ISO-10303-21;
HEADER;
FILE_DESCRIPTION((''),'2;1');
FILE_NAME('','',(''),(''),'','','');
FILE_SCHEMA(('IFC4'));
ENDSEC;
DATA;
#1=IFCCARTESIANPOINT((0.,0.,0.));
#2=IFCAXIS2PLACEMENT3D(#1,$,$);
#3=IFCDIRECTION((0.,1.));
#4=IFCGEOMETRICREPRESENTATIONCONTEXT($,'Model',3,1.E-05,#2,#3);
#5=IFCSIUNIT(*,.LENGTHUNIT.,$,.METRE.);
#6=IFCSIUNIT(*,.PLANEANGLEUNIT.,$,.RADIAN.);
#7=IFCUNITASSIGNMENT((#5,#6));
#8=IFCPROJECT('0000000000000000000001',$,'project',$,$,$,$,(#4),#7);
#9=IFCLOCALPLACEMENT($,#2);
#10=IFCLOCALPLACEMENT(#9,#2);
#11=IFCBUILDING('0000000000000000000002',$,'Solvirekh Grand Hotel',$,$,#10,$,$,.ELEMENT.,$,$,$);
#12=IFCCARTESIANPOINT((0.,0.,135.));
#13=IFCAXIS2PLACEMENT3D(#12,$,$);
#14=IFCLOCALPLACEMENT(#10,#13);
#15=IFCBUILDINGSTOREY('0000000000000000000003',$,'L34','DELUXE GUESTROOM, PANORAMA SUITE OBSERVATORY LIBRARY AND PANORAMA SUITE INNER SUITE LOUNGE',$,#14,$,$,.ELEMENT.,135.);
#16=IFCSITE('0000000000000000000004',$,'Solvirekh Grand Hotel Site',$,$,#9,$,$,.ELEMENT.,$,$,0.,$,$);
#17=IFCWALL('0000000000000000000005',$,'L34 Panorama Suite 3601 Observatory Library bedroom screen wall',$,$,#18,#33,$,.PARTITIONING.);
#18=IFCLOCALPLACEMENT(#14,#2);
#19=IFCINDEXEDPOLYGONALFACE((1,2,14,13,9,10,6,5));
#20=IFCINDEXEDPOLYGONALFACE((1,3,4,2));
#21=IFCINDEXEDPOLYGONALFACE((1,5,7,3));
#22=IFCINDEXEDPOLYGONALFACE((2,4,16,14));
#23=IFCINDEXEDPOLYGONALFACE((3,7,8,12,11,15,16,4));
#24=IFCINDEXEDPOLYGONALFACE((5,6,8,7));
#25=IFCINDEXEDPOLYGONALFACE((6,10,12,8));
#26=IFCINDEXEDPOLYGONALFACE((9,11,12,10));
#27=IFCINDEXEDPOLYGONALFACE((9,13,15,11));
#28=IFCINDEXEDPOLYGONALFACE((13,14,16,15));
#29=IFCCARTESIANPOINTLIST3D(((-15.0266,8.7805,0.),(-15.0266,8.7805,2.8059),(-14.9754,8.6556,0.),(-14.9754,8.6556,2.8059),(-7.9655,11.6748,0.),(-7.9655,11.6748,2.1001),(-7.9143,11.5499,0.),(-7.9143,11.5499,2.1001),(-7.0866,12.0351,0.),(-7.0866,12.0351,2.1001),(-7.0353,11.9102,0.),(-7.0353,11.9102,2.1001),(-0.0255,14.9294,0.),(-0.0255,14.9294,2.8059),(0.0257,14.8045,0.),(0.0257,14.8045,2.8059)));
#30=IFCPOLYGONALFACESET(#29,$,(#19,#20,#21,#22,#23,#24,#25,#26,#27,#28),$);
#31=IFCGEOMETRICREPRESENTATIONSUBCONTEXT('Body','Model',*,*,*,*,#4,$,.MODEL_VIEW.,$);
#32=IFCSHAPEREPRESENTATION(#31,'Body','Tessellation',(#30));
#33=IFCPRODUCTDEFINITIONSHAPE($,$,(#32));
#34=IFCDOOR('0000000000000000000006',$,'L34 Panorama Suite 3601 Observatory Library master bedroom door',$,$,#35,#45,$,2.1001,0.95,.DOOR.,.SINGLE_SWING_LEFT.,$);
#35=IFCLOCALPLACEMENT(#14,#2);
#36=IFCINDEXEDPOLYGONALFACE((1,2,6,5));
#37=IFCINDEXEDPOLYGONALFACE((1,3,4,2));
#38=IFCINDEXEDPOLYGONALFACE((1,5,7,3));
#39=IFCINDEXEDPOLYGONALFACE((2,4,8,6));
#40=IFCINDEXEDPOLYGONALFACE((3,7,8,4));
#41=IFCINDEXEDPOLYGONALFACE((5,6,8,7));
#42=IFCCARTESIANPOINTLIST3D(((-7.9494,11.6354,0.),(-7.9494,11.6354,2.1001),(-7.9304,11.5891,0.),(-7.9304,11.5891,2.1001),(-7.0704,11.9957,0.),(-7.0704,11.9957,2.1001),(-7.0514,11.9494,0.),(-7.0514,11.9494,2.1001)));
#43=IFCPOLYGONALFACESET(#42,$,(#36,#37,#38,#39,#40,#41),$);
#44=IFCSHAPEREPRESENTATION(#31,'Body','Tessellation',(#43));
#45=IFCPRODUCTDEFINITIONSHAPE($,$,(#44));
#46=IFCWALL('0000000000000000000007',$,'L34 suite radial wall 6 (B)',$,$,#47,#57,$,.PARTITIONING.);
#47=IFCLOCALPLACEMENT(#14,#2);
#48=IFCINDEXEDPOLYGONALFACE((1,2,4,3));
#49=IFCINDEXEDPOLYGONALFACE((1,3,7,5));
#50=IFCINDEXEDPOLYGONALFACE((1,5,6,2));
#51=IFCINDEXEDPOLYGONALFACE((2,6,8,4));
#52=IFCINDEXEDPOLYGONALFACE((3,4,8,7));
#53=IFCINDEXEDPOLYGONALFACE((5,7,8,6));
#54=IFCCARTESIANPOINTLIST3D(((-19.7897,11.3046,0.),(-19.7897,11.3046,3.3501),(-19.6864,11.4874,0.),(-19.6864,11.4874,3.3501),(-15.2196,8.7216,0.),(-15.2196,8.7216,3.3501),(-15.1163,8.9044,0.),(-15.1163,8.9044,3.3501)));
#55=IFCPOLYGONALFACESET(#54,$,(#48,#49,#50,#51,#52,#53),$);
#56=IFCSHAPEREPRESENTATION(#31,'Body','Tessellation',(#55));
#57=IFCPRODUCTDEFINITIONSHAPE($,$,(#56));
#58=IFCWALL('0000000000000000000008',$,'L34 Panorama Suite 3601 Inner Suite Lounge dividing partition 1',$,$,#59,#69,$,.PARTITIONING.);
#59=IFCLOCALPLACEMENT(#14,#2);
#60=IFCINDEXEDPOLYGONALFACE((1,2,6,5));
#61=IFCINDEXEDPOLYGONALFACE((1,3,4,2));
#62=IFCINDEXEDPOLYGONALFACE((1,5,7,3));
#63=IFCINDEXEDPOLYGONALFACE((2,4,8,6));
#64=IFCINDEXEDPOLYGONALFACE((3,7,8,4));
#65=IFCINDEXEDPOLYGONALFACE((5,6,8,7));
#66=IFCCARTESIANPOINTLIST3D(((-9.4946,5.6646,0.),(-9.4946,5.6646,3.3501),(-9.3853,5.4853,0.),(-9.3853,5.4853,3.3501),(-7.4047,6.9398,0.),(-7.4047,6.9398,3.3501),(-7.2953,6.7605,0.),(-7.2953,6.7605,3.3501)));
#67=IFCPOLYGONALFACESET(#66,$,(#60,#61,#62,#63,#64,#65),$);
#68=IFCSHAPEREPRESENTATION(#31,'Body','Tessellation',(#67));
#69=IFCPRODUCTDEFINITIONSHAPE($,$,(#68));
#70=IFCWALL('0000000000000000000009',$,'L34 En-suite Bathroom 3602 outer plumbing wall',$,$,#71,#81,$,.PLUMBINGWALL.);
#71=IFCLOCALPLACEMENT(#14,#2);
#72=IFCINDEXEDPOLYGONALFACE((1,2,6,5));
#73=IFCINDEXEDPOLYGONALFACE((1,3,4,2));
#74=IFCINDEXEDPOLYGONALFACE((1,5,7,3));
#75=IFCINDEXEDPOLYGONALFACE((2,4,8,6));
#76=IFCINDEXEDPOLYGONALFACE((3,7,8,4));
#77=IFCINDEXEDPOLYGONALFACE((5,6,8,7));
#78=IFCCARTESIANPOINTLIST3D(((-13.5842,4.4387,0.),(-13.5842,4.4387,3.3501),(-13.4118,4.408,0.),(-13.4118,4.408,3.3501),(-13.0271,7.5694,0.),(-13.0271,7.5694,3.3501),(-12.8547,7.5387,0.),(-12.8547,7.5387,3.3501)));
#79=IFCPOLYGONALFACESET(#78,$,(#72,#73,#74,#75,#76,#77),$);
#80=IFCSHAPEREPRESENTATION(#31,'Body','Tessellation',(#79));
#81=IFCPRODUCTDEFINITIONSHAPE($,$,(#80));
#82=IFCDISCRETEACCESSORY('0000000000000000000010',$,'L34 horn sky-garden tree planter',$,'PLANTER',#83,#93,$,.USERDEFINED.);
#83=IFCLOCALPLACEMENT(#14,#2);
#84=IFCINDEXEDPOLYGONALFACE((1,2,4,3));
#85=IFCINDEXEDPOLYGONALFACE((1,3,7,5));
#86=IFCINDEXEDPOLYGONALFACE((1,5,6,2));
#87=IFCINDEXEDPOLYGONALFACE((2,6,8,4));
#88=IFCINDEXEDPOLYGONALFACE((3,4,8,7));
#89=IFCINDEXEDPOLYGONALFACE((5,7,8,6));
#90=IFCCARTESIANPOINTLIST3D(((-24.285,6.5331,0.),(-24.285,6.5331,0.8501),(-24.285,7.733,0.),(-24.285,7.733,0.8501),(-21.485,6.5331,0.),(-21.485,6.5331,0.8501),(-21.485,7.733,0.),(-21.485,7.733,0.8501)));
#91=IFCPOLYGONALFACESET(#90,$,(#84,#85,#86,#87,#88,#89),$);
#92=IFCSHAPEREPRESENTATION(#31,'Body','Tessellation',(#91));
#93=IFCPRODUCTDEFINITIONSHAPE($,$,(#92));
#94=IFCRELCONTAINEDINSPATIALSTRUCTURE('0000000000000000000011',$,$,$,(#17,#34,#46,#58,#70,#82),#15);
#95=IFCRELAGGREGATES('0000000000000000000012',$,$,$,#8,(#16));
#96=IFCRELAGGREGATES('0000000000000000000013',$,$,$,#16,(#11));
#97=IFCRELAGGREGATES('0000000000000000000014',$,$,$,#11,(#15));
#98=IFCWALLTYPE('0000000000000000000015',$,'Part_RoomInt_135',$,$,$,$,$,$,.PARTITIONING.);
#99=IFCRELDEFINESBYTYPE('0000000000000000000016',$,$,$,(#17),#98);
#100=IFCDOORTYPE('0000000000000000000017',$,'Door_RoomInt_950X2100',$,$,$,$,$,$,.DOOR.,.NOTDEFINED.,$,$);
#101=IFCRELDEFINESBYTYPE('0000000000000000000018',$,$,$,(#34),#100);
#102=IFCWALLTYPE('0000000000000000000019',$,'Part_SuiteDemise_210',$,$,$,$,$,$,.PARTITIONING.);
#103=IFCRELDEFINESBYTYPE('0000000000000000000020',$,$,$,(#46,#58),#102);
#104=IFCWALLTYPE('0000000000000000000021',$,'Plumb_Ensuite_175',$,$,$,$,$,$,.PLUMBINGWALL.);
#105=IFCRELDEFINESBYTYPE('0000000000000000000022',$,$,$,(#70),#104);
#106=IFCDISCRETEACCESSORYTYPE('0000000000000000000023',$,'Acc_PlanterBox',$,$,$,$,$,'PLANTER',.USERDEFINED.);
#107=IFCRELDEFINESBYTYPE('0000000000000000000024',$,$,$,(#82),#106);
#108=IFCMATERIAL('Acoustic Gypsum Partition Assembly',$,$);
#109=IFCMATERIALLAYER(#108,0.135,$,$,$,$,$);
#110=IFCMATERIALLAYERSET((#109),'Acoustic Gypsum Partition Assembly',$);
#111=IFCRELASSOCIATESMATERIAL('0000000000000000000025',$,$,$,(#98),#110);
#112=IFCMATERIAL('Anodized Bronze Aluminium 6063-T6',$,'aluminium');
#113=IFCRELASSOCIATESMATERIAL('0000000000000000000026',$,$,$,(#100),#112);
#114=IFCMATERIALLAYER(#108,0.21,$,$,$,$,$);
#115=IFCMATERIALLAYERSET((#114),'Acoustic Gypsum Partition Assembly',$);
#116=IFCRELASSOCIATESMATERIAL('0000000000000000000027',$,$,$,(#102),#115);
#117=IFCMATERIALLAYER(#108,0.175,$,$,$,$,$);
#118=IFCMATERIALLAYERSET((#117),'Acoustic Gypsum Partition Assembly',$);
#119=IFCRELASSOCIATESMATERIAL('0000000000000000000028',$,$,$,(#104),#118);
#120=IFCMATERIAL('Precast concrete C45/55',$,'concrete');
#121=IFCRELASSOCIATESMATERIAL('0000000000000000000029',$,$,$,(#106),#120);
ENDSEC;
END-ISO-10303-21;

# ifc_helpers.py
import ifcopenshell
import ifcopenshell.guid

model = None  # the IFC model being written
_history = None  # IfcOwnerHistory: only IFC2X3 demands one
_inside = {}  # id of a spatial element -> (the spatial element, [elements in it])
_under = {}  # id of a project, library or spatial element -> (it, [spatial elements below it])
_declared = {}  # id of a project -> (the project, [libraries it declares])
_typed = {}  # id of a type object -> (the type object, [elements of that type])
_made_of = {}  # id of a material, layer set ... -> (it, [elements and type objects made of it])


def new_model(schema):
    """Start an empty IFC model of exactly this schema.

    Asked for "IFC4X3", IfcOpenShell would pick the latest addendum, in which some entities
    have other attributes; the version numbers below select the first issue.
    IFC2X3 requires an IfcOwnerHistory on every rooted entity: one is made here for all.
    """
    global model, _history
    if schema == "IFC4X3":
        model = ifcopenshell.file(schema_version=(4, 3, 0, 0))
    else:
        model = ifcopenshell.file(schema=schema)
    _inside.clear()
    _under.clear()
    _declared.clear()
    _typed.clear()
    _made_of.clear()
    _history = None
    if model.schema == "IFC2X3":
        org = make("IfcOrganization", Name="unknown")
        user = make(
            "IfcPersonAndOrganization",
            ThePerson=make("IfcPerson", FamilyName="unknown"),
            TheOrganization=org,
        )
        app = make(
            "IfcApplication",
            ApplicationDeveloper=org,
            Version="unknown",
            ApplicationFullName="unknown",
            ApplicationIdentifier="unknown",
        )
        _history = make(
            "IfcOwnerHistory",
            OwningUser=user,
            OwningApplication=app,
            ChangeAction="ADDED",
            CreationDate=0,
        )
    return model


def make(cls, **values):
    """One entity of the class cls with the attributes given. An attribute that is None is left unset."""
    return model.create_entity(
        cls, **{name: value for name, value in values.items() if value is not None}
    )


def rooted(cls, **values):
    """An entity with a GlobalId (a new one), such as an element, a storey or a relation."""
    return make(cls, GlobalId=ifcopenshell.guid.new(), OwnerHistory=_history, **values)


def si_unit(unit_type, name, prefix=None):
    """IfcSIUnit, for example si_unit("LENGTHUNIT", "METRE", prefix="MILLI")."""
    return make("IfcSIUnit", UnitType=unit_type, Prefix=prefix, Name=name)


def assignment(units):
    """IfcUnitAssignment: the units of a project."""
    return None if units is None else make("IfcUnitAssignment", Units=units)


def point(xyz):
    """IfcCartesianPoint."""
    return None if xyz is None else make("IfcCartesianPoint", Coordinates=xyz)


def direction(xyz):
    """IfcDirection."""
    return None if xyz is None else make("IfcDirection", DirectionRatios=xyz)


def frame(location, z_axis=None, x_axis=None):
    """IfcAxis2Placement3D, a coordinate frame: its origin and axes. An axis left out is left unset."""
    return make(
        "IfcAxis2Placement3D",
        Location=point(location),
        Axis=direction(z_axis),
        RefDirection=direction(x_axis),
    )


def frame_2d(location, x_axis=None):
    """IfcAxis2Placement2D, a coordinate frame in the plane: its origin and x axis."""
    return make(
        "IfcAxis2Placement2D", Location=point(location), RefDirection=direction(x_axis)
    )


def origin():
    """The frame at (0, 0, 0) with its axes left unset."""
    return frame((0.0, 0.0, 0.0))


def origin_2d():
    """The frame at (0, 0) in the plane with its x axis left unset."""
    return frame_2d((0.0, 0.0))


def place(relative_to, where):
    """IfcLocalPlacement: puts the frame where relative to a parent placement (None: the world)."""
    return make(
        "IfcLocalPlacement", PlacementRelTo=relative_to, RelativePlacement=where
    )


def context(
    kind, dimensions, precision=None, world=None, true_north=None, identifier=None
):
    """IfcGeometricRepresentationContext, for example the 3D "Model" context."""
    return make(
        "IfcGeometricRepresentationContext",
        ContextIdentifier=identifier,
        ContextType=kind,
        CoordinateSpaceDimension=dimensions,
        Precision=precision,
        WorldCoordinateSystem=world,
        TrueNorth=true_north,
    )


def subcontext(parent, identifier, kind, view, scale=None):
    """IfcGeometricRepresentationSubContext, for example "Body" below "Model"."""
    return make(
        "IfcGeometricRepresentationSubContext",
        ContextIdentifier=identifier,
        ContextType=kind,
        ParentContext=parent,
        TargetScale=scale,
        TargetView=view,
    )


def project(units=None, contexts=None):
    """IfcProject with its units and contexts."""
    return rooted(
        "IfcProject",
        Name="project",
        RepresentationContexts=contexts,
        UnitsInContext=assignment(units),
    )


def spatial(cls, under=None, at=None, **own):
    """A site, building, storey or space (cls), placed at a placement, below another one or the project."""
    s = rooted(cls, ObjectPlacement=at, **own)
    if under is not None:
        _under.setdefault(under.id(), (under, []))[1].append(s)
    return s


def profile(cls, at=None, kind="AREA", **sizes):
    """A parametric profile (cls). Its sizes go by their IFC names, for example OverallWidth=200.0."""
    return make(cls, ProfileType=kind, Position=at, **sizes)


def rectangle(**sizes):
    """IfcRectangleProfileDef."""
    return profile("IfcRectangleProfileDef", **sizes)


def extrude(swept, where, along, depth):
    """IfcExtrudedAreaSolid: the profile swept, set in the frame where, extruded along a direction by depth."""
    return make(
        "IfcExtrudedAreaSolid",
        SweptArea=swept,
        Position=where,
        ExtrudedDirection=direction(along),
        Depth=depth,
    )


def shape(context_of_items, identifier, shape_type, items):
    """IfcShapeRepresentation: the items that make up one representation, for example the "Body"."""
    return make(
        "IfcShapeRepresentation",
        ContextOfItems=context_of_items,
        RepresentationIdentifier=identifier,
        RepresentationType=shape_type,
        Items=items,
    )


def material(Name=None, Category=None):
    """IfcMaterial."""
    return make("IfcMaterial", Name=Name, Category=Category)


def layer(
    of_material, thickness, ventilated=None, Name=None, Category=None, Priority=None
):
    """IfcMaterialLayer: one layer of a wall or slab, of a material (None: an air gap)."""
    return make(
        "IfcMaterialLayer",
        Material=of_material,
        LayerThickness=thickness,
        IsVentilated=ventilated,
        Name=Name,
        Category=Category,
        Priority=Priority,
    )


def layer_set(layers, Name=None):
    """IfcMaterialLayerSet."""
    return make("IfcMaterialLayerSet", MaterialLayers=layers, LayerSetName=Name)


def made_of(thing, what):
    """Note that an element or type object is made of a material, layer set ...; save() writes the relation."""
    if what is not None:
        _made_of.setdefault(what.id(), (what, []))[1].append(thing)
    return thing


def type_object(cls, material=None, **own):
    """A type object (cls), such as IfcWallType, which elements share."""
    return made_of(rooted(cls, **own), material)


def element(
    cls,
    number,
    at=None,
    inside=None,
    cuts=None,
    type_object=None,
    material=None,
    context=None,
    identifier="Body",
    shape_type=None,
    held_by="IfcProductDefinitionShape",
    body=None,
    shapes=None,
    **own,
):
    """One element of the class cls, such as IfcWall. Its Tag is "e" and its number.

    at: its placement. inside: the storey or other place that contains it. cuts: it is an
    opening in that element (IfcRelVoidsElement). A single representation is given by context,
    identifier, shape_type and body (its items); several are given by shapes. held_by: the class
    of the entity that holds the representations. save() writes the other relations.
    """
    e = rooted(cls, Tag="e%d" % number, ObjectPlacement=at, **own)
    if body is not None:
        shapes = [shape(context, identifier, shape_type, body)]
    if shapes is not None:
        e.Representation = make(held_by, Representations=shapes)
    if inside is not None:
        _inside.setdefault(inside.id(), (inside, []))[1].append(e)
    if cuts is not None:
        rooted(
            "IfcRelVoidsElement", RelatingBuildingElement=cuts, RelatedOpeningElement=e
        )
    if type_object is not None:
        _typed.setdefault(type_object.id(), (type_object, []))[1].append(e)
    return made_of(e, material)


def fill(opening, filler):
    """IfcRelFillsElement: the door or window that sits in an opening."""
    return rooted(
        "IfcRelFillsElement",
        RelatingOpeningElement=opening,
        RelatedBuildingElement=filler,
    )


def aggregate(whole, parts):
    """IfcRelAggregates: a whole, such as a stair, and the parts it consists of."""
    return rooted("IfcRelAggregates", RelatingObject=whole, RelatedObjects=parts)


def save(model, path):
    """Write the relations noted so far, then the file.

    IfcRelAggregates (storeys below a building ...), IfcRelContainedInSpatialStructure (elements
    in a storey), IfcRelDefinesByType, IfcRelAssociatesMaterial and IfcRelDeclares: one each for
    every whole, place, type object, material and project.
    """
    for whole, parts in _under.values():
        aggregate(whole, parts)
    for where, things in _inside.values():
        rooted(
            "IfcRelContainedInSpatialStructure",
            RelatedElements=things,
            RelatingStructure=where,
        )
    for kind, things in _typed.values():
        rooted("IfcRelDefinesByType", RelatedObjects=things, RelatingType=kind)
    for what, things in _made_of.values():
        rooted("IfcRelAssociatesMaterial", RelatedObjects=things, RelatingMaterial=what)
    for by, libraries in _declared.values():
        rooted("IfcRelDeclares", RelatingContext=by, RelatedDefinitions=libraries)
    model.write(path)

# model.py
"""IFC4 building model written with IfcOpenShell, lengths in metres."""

from ifc_helpers import new_model, si_unit, direction, frame, frame_2d, origin, origin_2d, place, context, subcontext, project, spatial, rectangle, extrude, material, layer, layer_set, type_object, element, fill, save


model = new_model("IFC4")

# Units and contexts
model_context = context("Model", 3, precision=1e-05, world=origin(), true_north=direction((0.0, 1.0)))
body_context = subcontext(model_context, "Body", "Model", "MODEL_VIEW")
ifc_project = project(units=[si_unit("LENGTHUNIT", "METRE"), si_unit("PLANEANGLEUNIT", "RADIAN")], contexts=[model_context])

# Site, building, storey
site_placement = place(None, origin())
site = spatial("IfcSite", under=ifc_project, at=site_placement, Name="Solvirekh Grand Hotel Site", CompositionType="ELEMENT", RefElevation=0.0)
building_placement = place(site_placement, origin())
building = spatial("IfcBuilding", under=site, at=building_placement, Name="Solvirekh Grand Hotel", CompositionType="ELEMENT")
storey_placement = place(building_placement, frame((0.0, 0.0, 135.0)))
storey = spatial("IfcBuildingStorey", under=building, at=storey_placement, Name="L34", Description="DELUXE GUESTROOM, PANORAMA SUITE OBSERVATORY LIBRARY AND PANORAMA SUITE INNER SUITE LOUNGE", CompositionType="ELEMENT", Elevation=135.0)

# Shared definitions
ifc_material_1 = material(Name="Precast concrete C45/55", Category="concrete")

# Shared definitions
ifc_material_2 = material(Name="Acoustic Gypsum Partition Assembly")

# Wall, opening, door
ifc_layer_1 = layer(ifc_material_2, 0.135)
ifc_layer_set_1 = layer_set([ifc_layer_1], Name="Acoustic Gypsum Partition Assembly")
wall_type_1 = type_object("IfcWallType", Name="Part_RoomInt_135", PredefinedType="PARTITIONING", material=ifc_layer_set_1)
wall_1_placement = place(storey_placement, frame((-15.001, 8.718, 0.0), z_axis=(0.0, 0.0, 1.0), x_axis=(0.925284, 0.379275, 0.0)))
wall_1 = element("IfcWall", 1, at=wall_1_placement, inside=storey, type_object=wall_type_1, Name="L34 Panorama Suite 3601 Observatory Library bedroom screen wall", PredefinedType="PARTITIONING", context=body_context, shape_type="SweptSolid", body=[
    extrude(rectangle(XDim=16.2124, YDim=0.135, at=frame_2d((8.1062, 0.0))), origin(), (0.0, 0.0, 1.0), 2.8059),
])
opening_1_placement = place(wall_1_placement, frame((7.6311, 0.0, 0.0)))
opening_1 = element("IfcOpeningElement", 2, at=opening_1_placement, cuts=wall_1, PredefinedType="OPENING", context=body_context, shape_type="SweptSolid", body=[
    extrude(rectangle(XDim=0.95, YDim=2.1001, at=frame_2d((0.4751, 1.05))), frame((0.0, 0.0776, 0.0), z_axis=(0.0, -1.0, 0.0), x_axis=(1.0, 0.0, 0.0)), (0.0, 0.0, 1.0), 0.155),
])
ifc_material_3 = material(Name="Anodized Bronze Aluminium 6063-T6", Category="aluminium")
door_type = type_object("IfcDoorType", Name="Door_RoomInt_950X2100", OperationType="NOTDEFINED", PredefinedType="DOOR", material=ifc_material_3)
door_placement = place(opening_1_placement, origin())
door = element("IfcDoor", 3, at=door_placement, inside=storey, type_object=door_type, Name="L34 Panorama Suite 3601 Observatory Library master bedroom door", OperationType="SINGLE_SWING_LEFT", OverallHeight=2.1001, OverallWidth=0.95, PredefinedType="DOOR", context=body_context, shape_type="SweptSolid", body=[
    extrude(rectangle(XDim=0.95, YDim=2.1001, at=frame_2d((0.4751, 1.05))), frame((0.0, 0.0249, 0.0), z_axis=(0.0, -1.0, 0.0), x_axis=(1.0, 0.0, 0.0)), (0.0, 0.0, 1.0), 0.05),
])
fill(opening_1, door)

# Walls
ifc_layer_2 = layer(ifc_material_2, 0.21)
ifc_layer_set_2 = layer_set([ifc_layer_2], Name="Acoustic Gypsum Partition Assembly")
wall_type_2 = type_object("IfcWallType", Name="Part_SuiteDemise_210", PredefinedType="PARTITIONING", material=ifc_layer_set_2)
wall_2_placement = place(storey_placement, frame((-15.168, 8.813, 0.0), z_axis=(0.0, 0.0, 1.0), x_axis=(-0.870569, 0.492047, 0.0)))
element("IfcWall", 4, at=wall_2_placement, inside=storey, type_object=wall_type_2, Name="L34 suite radial wall 6 (B)", PredefinedType="PARTITIONING", context=body_context, shape_type="SweptSolid", body=[
    extrude(rectangle(XDim=5.2495, YDim=0.21, at=frame_2d((2.6248, 0.0))), origin(), (0.0, 0.0, 1.0), 3.3501),
])
wall_3_placement = place(storey_placement, frame((-9.4399, 5.575, 0.0), z_axis=(0.0, 0.0, 1.0), x_axis=(0.853642, 0.520861, 0.0)))
element("IfcWall", 5, at=wall_3_placement, inside=storey, type_object=wall_type_2, Name="L34 Panorama Suite 3601 Inner Suite Lounge dividing partition 1", PredefinedType="PARTITIONING", context=body_context, shape_type="SweptSolid", body=[
    extrude(rectangle(XDim=2.4482, YDim=0.21, at=frame_2d((1.2241, 0.0))), origin(), (0.0, 0.0, 1.0), 3.3501),
])
ifc_layer_3 = layer(ifc_material_2, 0.175)
ifc_layer_set_3 = layer_set([ifc_layer_3], Name="Acoustic Gypsum Partition Assembly")
wall_type_3 = type_object("IfcWallType", Name="Plumb_Ensuite_175", PredefinedType="PLUMBINGWALL", material=ifc_layer_set_3)
wall_4_placement = place(storey_placement, frame((-12.9409, 7.554, 0.0), z_axis=(0.0, 0.0, 1.0), x_axis=(-0.175195, -0.984534, 0.0)))
element("IfcWall", 6, at=wall_4_placement, inside=storey, type_object=wall_type_3, Name="L34 En-suite Bathroom 3602 outer plumbing wall", PredefinedType="PLUMBINGWALL", context=body_context, shape_type="SweptSolid", body=[
    extrude(rectangle(XDim=3.1799, YDim=0.175, at=frame_2d((1.5898, 0.0))), origin(), (0.0, 0.0, 1.0), 3.3501),
])

# Discrete accessory
discrete_accessory_type = type_object("IfcDiscreteAccessoryType", Name="Acc_PlanterBox", ElementType="PLANTER", PredefinedType="USERDEFINED", material=ifc_material_1)
discrete_accessory_placement = place(storey_placement, frame((-22.885, 7.1331, 0.0), z_axis=(0.0, 0.0, 1.0), x_axis=(0.0, 1.0, 0.0)))
element("IfcDiscreteAccessory", 7, at=discrete_accessory_placement, inside=storey, type_object=discrete_accessory_type, Name="L34 horn sky-garden tree planter", ObjectType="PLANTER", PredefinedType="USERDEFINED", context=body_context, shape_type="SweptSolid", body=[
    extrude(rectangle(XDim=1.2, YDim=2.8, at=origin_2d()), origin(), (0.0, 0.0, 1.0), 0.8501),
])

save(model, "model.ifc")
